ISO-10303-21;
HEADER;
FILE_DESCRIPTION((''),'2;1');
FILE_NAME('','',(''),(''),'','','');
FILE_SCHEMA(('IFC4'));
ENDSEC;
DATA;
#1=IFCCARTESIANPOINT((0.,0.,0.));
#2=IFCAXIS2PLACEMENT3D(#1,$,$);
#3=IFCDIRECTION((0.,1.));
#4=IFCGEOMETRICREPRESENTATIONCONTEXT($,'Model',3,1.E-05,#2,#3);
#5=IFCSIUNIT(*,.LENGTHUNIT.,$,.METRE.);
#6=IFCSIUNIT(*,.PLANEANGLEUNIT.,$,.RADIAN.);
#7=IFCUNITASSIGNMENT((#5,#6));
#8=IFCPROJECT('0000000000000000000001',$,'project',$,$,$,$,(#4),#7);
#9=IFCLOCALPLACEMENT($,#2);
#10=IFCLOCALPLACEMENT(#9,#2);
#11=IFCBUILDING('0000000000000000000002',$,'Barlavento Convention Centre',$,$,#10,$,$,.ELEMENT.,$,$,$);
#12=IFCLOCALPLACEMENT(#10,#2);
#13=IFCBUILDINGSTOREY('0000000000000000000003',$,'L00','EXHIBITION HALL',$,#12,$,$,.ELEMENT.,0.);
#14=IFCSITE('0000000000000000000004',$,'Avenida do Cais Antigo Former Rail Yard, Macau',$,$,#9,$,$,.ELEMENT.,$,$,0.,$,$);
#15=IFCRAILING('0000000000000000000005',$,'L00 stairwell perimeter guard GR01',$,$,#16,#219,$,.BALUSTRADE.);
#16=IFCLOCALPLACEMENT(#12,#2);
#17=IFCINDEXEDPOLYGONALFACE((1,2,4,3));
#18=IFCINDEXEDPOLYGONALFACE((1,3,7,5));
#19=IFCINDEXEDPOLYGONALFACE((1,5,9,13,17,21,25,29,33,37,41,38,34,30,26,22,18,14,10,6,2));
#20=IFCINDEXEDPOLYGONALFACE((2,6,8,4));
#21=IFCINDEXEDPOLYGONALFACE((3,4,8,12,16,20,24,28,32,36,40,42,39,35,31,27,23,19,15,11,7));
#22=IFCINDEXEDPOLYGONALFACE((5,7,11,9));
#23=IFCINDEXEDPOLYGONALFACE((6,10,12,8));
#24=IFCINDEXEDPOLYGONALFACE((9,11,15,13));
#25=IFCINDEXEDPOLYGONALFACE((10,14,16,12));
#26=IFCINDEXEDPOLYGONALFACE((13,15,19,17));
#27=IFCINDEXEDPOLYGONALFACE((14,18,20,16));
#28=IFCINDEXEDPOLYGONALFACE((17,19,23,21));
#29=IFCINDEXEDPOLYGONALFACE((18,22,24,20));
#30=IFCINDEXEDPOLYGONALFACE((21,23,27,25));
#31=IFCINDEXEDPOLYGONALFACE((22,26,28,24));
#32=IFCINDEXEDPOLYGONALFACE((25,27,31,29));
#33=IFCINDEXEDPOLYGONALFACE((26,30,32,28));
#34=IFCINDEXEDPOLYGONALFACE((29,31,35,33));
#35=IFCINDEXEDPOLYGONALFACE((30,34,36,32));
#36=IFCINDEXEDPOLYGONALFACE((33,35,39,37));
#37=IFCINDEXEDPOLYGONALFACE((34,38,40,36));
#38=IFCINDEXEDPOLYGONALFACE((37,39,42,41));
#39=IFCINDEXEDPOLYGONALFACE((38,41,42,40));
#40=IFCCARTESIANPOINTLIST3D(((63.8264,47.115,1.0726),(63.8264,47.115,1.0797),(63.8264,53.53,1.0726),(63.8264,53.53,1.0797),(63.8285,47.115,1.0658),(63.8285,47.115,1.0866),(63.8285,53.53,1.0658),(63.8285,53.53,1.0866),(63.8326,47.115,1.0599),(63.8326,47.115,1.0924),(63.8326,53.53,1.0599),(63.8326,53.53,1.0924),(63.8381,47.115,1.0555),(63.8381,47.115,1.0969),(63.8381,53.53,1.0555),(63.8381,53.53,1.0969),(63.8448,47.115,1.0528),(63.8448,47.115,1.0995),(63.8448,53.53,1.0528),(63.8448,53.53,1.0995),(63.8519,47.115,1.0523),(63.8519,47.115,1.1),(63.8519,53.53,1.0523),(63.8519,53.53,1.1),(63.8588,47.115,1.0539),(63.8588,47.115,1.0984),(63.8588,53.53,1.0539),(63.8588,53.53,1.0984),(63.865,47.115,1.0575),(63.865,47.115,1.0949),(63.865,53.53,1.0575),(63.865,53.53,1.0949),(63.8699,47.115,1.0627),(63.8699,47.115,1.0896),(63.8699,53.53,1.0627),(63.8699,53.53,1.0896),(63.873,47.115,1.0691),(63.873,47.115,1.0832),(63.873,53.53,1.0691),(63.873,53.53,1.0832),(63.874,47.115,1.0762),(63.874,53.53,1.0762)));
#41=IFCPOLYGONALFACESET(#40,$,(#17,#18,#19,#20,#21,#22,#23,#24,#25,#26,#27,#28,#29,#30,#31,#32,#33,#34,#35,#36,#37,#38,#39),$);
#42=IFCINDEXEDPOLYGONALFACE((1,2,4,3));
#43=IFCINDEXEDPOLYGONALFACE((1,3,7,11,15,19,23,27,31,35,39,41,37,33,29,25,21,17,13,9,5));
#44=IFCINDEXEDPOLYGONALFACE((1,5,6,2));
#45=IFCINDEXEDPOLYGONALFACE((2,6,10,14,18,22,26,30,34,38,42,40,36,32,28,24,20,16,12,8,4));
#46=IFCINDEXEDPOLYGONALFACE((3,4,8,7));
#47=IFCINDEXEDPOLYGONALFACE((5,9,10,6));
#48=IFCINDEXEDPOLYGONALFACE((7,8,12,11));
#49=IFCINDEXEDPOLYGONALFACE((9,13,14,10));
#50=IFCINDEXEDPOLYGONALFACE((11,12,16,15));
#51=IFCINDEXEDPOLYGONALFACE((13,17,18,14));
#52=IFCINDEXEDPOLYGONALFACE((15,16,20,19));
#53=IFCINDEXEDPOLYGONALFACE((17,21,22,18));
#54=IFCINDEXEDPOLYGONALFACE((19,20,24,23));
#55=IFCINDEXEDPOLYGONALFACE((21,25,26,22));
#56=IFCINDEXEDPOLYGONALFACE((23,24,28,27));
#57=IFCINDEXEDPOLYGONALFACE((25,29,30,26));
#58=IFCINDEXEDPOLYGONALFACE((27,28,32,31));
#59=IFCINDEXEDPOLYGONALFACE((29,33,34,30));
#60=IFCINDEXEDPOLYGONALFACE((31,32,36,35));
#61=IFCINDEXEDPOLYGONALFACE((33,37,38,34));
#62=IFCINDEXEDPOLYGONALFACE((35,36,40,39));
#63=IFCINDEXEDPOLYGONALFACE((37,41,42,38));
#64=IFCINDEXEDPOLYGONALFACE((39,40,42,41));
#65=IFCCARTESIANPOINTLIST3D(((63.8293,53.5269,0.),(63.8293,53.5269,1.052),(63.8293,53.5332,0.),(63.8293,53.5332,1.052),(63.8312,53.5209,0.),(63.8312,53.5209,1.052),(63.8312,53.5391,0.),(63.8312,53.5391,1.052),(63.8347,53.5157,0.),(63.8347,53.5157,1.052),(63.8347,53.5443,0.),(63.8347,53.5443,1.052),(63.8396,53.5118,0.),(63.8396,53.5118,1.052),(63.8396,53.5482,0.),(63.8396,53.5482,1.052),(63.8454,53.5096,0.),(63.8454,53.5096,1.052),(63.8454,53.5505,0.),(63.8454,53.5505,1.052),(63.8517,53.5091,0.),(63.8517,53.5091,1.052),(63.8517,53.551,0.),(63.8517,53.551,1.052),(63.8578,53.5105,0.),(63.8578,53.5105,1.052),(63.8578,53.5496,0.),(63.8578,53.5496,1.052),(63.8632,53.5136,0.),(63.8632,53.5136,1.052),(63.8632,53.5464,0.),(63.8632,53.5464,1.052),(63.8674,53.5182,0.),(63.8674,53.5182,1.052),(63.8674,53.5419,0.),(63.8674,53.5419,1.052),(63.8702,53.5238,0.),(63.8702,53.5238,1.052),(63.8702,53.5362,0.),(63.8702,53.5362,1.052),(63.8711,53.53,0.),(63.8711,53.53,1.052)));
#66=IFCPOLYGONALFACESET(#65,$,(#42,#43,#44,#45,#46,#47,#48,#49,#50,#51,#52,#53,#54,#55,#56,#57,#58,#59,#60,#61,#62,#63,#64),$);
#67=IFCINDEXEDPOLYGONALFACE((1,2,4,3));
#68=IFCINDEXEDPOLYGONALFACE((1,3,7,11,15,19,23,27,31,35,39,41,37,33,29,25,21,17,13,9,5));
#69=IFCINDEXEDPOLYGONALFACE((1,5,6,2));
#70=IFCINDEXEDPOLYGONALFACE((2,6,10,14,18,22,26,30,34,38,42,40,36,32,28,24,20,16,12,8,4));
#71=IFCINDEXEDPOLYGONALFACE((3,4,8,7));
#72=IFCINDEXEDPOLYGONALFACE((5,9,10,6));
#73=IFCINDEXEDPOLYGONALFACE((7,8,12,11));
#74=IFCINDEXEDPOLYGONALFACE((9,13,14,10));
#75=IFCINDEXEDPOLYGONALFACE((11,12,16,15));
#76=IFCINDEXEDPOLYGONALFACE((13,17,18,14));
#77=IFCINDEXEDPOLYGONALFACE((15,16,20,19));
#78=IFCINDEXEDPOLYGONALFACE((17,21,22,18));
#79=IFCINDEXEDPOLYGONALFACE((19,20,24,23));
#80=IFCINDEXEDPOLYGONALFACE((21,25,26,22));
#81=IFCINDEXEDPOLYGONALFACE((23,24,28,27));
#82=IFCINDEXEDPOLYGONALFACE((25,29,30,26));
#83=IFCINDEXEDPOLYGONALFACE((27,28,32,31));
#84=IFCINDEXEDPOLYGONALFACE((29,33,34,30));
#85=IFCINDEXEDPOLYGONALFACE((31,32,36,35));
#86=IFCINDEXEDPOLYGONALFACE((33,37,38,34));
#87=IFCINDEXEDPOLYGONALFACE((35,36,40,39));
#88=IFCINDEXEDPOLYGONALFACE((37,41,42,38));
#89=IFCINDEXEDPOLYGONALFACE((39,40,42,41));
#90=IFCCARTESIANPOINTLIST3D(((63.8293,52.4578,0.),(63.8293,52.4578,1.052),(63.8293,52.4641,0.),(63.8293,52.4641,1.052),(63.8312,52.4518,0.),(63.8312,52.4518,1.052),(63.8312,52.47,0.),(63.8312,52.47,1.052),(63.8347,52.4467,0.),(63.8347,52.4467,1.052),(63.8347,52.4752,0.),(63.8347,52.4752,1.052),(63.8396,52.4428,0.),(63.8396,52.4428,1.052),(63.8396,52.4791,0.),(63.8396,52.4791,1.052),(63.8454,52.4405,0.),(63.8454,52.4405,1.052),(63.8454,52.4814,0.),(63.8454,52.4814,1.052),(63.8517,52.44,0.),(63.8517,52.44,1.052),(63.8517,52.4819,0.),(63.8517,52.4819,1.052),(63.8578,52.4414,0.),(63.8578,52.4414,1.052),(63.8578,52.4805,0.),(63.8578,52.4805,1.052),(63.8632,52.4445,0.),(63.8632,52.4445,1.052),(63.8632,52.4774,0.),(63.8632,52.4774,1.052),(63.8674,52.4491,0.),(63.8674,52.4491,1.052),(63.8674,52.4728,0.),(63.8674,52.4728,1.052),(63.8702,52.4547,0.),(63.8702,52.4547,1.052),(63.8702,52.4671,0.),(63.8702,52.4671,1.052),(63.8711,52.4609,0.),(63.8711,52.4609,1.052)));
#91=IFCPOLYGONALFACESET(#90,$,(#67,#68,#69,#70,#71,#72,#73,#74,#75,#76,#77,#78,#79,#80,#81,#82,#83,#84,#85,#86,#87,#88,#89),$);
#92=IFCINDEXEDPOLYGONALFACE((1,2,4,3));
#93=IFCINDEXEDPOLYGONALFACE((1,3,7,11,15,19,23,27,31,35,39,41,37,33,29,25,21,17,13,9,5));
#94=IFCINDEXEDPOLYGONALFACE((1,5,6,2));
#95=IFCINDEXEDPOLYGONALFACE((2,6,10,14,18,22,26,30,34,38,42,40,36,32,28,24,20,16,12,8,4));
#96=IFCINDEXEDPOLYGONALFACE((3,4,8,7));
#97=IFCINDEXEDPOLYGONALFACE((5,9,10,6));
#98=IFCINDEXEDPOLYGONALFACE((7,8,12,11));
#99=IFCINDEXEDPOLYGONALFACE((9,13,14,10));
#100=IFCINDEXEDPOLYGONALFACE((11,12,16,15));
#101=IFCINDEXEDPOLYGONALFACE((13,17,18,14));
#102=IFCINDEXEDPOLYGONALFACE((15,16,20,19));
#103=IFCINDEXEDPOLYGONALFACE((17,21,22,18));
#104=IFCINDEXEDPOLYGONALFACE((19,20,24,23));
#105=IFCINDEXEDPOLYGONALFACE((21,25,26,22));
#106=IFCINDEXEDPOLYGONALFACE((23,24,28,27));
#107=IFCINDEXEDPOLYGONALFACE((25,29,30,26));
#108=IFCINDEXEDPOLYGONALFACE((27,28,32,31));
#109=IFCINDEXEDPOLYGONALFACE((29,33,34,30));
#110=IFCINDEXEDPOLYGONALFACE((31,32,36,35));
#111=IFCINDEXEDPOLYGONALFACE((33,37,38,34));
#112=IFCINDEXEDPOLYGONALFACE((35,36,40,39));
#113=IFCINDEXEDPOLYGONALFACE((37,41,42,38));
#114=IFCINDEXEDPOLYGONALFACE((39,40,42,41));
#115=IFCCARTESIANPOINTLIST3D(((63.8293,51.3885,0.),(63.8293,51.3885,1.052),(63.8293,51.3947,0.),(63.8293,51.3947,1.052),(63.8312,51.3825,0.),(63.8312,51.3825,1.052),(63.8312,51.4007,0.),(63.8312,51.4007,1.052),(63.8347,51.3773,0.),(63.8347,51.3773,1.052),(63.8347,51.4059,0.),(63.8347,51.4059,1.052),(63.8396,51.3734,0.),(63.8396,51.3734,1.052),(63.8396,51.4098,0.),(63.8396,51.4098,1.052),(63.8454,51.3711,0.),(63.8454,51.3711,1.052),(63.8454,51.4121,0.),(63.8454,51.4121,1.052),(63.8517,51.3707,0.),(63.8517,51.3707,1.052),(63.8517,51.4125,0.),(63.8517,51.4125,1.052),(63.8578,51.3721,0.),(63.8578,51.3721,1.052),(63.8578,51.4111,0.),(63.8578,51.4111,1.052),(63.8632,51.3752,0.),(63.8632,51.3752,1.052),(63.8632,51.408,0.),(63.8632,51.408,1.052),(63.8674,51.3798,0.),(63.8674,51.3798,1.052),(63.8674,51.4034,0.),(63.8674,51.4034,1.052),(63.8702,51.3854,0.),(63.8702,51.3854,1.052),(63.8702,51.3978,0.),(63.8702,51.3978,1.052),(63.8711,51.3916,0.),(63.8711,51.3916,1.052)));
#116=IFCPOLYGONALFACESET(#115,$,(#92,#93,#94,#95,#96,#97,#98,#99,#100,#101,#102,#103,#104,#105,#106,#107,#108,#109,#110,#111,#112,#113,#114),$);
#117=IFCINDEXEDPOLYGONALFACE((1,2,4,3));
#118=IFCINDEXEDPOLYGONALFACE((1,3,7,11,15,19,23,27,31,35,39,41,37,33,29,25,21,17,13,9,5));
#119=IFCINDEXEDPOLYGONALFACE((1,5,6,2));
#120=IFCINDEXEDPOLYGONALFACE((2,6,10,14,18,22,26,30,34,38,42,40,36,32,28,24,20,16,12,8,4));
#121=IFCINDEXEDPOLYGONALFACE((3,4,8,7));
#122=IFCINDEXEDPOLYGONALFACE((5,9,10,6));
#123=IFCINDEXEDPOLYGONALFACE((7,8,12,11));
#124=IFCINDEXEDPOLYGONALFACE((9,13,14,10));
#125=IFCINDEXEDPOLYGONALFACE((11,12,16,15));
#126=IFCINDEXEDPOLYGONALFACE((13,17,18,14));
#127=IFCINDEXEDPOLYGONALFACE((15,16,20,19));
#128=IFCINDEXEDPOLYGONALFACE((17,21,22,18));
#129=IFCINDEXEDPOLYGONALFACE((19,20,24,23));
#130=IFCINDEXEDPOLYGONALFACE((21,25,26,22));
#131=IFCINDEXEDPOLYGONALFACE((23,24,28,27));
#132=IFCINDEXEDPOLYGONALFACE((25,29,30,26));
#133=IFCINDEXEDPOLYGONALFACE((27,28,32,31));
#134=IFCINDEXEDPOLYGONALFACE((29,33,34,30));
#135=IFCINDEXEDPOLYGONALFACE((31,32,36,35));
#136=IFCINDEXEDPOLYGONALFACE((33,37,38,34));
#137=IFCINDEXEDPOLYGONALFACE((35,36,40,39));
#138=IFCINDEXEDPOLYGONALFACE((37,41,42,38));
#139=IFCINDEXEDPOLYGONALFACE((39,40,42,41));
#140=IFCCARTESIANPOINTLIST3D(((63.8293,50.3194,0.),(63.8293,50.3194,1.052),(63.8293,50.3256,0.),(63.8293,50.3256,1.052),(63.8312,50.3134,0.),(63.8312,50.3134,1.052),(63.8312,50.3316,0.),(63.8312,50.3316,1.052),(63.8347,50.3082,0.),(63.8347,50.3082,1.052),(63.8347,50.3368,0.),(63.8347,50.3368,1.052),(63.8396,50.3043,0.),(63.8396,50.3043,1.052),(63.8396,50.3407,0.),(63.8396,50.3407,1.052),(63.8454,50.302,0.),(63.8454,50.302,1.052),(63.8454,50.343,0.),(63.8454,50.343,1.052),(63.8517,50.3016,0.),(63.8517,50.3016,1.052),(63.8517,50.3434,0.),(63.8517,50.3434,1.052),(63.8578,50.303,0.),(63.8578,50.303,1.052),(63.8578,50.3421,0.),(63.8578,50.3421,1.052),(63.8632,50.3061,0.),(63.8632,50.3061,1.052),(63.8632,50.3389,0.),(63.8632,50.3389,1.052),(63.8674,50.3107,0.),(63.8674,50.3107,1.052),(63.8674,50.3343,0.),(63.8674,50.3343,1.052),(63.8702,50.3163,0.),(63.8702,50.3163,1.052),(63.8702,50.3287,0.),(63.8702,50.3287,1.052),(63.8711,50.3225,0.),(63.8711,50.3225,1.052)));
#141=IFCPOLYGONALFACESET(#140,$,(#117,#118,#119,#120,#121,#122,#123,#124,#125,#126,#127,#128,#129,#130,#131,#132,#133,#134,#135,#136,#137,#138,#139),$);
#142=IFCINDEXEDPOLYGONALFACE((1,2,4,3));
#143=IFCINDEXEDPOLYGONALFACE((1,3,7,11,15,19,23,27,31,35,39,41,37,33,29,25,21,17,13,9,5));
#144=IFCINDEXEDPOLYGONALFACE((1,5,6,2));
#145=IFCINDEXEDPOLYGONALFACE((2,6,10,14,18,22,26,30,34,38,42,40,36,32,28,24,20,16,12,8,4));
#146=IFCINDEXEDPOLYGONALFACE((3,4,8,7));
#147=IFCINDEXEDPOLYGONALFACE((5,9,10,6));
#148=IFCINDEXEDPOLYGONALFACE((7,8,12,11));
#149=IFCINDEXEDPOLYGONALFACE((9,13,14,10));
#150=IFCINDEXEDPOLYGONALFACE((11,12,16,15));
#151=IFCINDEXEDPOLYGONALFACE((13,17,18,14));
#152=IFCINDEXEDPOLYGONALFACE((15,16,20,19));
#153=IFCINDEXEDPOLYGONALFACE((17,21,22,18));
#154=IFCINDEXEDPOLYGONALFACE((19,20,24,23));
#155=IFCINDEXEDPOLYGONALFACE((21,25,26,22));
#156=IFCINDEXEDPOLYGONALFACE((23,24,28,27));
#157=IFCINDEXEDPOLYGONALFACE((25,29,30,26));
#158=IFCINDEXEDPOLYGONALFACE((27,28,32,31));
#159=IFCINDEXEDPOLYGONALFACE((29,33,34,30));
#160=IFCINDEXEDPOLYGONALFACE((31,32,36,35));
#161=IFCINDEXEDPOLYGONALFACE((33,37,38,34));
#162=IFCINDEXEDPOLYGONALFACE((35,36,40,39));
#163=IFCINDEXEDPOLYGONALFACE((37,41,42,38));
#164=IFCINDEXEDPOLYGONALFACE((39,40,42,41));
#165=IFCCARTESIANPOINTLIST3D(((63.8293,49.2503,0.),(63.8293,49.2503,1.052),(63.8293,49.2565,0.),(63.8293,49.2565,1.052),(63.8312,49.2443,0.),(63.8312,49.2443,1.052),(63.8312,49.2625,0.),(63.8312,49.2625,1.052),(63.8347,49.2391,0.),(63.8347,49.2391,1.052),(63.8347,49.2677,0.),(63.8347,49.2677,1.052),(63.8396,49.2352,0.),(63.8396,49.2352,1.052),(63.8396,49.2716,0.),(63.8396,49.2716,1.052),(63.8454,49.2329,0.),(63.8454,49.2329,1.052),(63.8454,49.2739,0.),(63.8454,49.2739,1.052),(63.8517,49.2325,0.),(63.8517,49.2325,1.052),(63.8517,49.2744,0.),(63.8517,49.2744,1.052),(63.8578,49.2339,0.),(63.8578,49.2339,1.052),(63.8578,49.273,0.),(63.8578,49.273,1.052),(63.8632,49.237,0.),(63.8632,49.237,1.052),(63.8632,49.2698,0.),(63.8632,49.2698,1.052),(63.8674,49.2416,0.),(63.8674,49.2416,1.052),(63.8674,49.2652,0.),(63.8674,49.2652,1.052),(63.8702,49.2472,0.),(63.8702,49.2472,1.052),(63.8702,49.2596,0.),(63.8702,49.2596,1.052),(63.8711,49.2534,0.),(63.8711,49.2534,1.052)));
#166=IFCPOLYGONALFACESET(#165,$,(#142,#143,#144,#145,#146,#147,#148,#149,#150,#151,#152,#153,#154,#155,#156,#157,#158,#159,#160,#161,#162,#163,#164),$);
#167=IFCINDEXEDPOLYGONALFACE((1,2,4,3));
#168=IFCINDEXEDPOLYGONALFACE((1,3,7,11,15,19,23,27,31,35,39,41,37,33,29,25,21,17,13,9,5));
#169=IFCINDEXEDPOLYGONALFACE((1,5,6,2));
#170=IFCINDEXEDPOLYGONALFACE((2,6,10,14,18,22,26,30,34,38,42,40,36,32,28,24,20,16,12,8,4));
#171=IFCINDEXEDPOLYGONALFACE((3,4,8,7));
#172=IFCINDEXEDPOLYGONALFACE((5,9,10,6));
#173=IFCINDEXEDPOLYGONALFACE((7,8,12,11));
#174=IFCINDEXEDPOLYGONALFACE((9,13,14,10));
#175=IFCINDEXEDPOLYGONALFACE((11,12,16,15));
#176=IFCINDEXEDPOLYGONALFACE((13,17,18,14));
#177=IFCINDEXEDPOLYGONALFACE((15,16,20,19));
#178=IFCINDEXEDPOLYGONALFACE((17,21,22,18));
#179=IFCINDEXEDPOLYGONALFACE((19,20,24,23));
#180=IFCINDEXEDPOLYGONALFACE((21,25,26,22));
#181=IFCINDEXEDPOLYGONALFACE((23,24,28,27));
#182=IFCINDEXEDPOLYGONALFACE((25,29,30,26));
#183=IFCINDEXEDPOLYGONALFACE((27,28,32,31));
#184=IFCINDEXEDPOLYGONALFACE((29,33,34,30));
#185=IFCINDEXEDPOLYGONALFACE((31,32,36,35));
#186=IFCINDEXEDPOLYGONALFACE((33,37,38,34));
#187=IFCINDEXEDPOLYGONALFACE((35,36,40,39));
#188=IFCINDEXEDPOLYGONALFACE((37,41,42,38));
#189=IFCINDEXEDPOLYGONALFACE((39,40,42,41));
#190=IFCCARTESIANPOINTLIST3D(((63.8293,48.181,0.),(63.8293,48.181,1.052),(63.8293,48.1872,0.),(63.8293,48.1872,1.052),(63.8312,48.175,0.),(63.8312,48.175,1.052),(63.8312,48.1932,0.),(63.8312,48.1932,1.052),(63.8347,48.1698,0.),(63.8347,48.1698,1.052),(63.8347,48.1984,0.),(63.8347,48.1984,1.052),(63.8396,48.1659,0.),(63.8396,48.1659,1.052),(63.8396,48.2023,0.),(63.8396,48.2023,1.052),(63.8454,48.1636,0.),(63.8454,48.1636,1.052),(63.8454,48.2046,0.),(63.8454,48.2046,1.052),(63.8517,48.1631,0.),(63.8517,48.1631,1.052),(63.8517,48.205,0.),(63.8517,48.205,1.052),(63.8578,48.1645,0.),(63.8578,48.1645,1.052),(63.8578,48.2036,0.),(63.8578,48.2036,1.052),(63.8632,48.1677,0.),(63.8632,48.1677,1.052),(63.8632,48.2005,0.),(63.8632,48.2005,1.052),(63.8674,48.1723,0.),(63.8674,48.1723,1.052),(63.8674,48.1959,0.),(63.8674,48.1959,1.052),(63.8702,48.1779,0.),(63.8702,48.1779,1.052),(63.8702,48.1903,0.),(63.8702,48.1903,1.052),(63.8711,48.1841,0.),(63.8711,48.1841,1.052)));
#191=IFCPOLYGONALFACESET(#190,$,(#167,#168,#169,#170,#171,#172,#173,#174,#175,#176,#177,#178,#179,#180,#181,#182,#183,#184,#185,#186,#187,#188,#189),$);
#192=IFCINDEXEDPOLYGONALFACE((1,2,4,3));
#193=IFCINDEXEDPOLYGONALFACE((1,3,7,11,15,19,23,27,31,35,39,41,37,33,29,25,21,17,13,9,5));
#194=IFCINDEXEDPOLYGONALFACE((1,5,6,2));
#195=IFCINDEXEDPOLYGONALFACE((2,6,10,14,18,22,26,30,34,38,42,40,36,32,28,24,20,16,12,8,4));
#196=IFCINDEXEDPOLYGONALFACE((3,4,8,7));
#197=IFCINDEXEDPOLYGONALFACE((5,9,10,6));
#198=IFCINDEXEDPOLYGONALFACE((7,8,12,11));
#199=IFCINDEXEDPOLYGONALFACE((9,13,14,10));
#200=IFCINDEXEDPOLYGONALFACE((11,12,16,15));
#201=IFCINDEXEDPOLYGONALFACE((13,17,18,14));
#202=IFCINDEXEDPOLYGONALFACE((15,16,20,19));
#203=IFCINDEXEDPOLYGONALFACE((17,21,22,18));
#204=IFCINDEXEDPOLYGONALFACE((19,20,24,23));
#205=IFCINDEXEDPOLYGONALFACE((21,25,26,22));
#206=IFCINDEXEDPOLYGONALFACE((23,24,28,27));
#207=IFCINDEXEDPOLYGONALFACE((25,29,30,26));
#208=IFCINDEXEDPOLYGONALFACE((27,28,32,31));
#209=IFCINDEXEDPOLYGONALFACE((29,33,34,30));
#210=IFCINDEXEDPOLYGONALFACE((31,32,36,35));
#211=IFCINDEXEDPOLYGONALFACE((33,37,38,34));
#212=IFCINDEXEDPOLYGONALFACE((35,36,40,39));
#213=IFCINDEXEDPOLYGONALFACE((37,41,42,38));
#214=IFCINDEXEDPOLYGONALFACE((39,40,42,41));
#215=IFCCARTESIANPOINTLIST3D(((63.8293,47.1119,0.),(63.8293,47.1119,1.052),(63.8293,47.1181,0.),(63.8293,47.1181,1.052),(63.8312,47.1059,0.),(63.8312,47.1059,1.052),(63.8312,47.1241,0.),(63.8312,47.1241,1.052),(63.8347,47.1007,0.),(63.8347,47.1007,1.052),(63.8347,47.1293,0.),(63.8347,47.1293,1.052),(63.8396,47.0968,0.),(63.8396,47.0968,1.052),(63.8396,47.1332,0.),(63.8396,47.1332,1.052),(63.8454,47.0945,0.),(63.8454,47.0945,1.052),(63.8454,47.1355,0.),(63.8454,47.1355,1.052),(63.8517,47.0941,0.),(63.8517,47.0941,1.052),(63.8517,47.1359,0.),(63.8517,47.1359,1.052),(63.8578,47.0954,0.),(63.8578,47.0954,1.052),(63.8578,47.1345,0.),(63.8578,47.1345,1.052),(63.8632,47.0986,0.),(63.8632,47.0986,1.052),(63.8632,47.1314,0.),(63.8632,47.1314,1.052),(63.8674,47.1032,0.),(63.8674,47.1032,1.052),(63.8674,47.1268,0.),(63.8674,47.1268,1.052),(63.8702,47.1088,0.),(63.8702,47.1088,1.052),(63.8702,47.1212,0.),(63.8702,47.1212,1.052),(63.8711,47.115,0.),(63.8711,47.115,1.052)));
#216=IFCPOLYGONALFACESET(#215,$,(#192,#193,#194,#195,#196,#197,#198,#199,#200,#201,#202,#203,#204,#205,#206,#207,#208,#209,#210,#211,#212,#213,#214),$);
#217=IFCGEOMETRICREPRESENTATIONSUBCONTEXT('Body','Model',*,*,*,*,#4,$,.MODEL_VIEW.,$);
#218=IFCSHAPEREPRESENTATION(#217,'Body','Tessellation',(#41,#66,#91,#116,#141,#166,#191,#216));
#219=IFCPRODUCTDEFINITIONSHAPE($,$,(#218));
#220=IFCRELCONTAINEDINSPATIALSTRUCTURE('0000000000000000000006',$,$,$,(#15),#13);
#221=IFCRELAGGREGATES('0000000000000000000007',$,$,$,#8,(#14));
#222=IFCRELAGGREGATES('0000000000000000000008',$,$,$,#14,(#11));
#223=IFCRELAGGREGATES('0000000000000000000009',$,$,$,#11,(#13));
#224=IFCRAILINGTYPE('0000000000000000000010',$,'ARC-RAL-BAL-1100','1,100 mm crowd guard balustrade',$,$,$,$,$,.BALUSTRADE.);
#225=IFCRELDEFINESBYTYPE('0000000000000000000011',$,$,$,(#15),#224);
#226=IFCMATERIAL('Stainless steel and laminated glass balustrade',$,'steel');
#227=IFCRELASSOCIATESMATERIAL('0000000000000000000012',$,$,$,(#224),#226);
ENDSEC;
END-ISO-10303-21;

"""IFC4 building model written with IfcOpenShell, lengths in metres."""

from ifc_helpers import new_model, si_unit, direction, frame, origin, origin_2d, place, context, subcontext, project, spatial, circle, extrude, material, type_object, element, save


model = new_model("IFC4")

# Units and contexts
model_context = context("Model", 3, precision=1e-05, world=origin(), true_north=direction((0.0, 1.0)))
body_context = subcontext(model_context, "Body", "Model", "MODEL_VIEW")
ifc_project = project(units=[si_unit("LENGTHUNIT", "METRE"), si_unit("PLANEANGLEUNIT", "RADIAN")], contexts=[model_context])

# Site, building, storey
site_placement = place(None, origin())
site = spatial("IfcSite", under=ifc_project, at=site_placement, Name="Avenida do Cais Antigo Former Rail Yard, Macau", CompositionType="ELEMENT", RefElevation=0.0)
building_placement = place(site_placement, origin())
building = spatial("IfcBuilding", under=site, at=building_placement, Name="Barlavento Convention Centre", CompositionType="ELEMENT")
storey_placement = place(building_placement, origin())
storey = spatial("IfcBuildingStorey", under=building, at=storey_placement, Name="L00", Description="EXHIBITION HALL", CompositionType="ELEMENT", Elevation=0.0)

# Railing
ifc_material_1 = material(Name="Stainless steel and laminated glass balustrade", Category="steel")
railing_type_1 = type_object("IfcRailingType", Name="ARC-RAL-BAL-1100", Description="1,100 mm crowd guard balustrade", PredefinedType="BALUSTRADE", material=ifc_material_1)
railing_1_placement = place(storey_placement, frame((63.8501, 53.53, 0.0)))
element("IfcRailing", 1, at=railing_1_placement, inside=storey, type_object=railing_type_1, Name="L00 stairwell perimeter guard GR01", PredefinedType="BALUSTRADE", context=body_context, shape_type="SweptSolid", body=[
    extrude(circle(Radius=0.0239, at=origin_2d()), frame((0.0, 0.0, 1.0762), z_axis=(0.0, -1.0, 0.0), x_axis=(1.0, 0.0, 0.0)), (0.0, 0.0, 1.0), 6.415),
    extrude(circle(Radius=0.021, at=origin_2d()), origin(), (0.0, 0.0, 1.0), 1.052),
    extrude(circle(Radius=0.021, at=origin_2d()), frame((0.0, -1.0691, 0.0)), (0.0, 0.0, 1.0), 1.052),
    extrude(circle(Radius=0.021, at=origin_2d()), frame((0.0, -2.1384, 0.0)), (0.0, 0.0, 1.0), 1.052),
    extrude(circle(Radius=0.021, at=origin_2d()), frame((0.0, -3.2075, 0.0)), (0.0, 0.0, 1.0), 1.052),
    extrude(circle(Radius=0.021, at=origin_2d()), frame((0.0, -4.2766, 0.0)), (0.0, 0.0, 1.0), 1.052),
    extrude(circle(Radius=0.021, at=origin_2d()), frame((0.0, -5.3459, 0.0)), (0.0, 0.0, 1.0), 1.052),
    extrude(circle(Radius=0.021, at=origin_2d()), frame((0.0, -6.415, 0.0)), (0.0, 0.0, 1.0), 1.052),
])

save(model, "model.ifc")
